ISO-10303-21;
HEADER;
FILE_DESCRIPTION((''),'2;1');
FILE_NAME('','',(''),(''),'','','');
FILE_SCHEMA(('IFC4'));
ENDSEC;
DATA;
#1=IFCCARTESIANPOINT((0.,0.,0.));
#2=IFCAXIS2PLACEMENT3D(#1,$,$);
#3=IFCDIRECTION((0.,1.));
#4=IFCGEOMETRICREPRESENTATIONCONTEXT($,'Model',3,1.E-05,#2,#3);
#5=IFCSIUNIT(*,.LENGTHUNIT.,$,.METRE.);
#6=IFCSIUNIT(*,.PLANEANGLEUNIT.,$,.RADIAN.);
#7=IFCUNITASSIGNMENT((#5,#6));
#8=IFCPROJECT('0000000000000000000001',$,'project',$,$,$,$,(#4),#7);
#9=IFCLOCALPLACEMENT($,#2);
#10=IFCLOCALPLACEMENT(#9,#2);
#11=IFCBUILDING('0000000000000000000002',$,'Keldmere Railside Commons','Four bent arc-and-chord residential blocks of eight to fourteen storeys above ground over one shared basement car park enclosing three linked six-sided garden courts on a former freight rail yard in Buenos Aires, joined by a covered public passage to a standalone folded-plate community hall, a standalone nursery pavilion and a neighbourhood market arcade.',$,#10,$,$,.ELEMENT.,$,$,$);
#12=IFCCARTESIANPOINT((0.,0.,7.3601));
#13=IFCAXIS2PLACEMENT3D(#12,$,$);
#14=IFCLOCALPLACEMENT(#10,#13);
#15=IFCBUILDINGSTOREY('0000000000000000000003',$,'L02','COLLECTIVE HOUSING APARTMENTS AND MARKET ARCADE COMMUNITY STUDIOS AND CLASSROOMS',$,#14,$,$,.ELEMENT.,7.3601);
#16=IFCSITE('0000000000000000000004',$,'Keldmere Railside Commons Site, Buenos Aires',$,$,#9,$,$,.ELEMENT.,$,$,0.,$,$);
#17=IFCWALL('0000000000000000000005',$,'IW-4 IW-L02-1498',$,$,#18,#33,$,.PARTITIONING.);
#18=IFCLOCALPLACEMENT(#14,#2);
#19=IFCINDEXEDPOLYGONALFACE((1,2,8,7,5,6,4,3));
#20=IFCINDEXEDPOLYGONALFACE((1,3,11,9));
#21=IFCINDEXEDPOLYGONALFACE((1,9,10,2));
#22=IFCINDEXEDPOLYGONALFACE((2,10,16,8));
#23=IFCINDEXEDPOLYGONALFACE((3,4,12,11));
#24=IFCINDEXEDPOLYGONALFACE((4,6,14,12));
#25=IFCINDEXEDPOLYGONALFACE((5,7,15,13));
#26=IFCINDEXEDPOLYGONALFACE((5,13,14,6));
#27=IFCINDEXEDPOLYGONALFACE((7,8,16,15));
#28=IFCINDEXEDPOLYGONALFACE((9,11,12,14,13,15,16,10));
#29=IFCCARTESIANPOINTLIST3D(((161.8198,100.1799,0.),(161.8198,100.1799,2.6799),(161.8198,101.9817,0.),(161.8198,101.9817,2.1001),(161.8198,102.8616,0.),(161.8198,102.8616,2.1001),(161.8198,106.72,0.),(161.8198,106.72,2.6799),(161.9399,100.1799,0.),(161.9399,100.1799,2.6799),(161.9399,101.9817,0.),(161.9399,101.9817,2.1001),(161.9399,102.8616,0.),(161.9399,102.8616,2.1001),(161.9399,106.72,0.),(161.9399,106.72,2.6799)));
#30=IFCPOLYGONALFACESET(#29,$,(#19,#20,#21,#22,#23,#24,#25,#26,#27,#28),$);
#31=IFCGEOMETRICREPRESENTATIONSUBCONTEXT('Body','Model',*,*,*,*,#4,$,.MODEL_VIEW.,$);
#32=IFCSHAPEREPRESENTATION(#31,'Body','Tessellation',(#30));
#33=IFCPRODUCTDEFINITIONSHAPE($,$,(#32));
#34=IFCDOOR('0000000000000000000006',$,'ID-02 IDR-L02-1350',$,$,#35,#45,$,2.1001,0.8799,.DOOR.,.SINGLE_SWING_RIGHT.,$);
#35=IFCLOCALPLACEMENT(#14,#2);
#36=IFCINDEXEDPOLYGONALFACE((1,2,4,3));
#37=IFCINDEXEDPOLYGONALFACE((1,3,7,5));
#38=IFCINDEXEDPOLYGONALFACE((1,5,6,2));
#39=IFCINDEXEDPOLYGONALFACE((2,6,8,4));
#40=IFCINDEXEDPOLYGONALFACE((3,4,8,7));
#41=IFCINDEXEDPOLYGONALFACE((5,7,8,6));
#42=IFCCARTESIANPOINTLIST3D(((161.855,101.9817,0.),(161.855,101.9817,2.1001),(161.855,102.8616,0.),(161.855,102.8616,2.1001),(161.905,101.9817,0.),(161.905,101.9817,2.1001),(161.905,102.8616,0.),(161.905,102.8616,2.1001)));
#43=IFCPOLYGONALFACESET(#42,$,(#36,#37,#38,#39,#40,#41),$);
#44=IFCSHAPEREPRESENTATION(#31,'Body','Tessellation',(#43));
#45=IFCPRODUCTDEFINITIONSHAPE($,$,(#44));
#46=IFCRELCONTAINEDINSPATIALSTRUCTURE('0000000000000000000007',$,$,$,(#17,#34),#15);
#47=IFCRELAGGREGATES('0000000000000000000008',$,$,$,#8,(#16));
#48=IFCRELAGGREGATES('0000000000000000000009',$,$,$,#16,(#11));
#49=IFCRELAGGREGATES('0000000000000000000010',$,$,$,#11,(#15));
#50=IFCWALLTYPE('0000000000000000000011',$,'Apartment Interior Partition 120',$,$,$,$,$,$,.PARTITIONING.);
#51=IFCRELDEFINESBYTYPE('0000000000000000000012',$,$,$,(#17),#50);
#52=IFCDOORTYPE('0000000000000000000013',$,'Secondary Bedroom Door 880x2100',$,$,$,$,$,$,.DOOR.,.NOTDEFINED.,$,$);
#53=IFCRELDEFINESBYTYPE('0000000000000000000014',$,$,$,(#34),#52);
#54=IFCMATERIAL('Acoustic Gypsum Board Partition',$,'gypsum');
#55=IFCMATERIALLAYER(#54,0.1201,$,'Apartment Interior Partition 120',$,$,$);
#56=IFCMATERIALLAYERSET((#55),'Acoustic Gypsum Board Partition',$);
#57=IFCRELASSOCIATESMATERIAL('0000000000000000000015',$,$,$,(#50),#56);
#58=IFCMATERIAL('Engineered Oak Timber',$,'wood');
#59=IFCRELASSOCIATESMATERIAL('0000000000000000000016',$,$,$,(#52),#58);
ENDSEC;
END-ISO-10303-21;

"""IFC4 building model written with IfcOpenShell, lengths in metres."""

from ifc_helpers import new_model, si_unit, direction, frame, frame_2d, origin, place, context, subcontext, project, spatial, rectangle, extrude, material, layer, layer_set, type_object, element, fill, save


model = new_model("IFC4")

# Units and contexts
model_context = context("Model", 3, precision=1e-05, world=origin(), true_north=direction((0.0, 1.0)))
body_context = subcontext(model_context, "Body", "Model", "MODEL_VIEW")
ifc_project = project(units=[si_unit("LENGTHUNIT", "METRE"), si_unit("PLANEANGLEUNIT", "RADIAN")], contexts=[model_context])

# Site, building, storey
site_placement = place(None, origin())
site = spatial("IfcSite", under=ifc_project, at=site_placement, Name="Keldmere Railside Commons Site, Buenos Aires", CompositionType="ELEMENT", RefElevation=0.0)
building_placement = place(site_placement, origin())
building = spatial("IfcBuilding", under=site, at=building_placement, Name="Keldmere Railside Commons", Description="Four bent arc-and-chord residential blocks of eight to fourteen storeys above ground over one shared basement car park enclosing three linked six-sided garden courts on a former freight rail yard in Buenos Aires, joined by a covered public passage to a standalone folded-plate community hall, a standalone nursery pavilion and a neighbourhood market arcade.", CompositionType="ELEMENT")
storey_placement = place(building_placement, frame((0.0, 0.0, 7.3601)))
storey = spatial("IfcBuildingStorey", under=building, at=storey_placement, Name="L02", Description="COLLECTIVE HOUSING APARTMENTS AND MARKET ARCADE COMMUNITY STUDIOS AND CLASSROOMS", CompositionType="ELEMENT", Elevation=7.3601)

# Wall, opening, door
ifc_material_1 = material(Name="Acoustic Gypsum Board Partition", Category="gypsum")
ifc_layer_1 = layer(ifc_material_1, 0.1201, Name="Apartment Interior Partition 120")
ifc_layer_set_1 = layer_set([ifc_layer_1], Name="Acoustic Gypsum Board Partition")
wall_type = type_object("IfcWallType", Name="Apartment Interior Partition 120", PredefinedType="PARTITIONING", material=ifc_layer_set_1)
ifc_material_2 = material(Name="Engineered Oak Timber", Category="wood")
wall_1_placement = place(storey_placement, frame((161.8799, 100.1799, 0.0), z_axis=(0.0, 0.0, 1.0), x_axis=(0.0, 1.0, 0.0)))
wall_1 = element("IfcWall", 1, at=wall_1_placement, inside=storey, type_object=wall_type, Name="IW-4 IW-L02-1498", PredefinedType="PARTITIONING", context=body_context, shape_type="SweptSolid", body=[
    extrude(rectangle(XDim=6.54, YDim=0.1201, at=frame_2d((3.27, 0.0))), origin(), (0.0, 0.0, 1.0), 2.6799),
])
opening_1_placement = place(wall_1_placement, frame((1.8018, 0.0, 0.0)))
opening_1 = element("IfcOpeningElement", 2, at=opening_1_placement, cuts=wall_1, PredefinedType="OPENING", context=body_context, shape_type="SweptSolid", body=[
    extrude(rectangle(XDim=0.8799, YDim=2.1001, at=frame_2d((0.4399, 1.05))), frame((0.0, 0.0701, 0.0), z_axis=(0.0, -1.0, 0.0), x_axis=(1.0, 0.0, 0.0)), (0.0, 0.0, 1.0), 0.1401),
])
door_type_1 = type_object("IfcDoorType", Name="Secondary Bedroom Door 880x2100", OperationType="NOTDEFINED", PredefinedType="DOOR", material=ifc_material_2)
door_1_placement = place(opening_1_placement, origin())
door_1 = element("IfcDoor", 3, at=door_1_placement, inside=storey, type_object=door_type_1, Name="ID-02 IDR-L02-1350", OperationType="SINGLE_SWING_RIGHT", OverallHeight=2.1001, OverallWidth=0.8799, PredefinedType="DOOR", context=body_context, shape_type="SweptSolid", body=[
    extrude(rectangle(XDim=0.8799, YDim=2.1001, at=frame_2d((0.4399, 1.05))), frame((0.0, 0.0249, 0.0), z_axis=(0.0, -1.0, 0.0), x_axis=(1.0, 0.0, 0.0)), (0.0, 0.0, 1.0), 0.05),
])
fill(opening_1, door_1)

save(model, "model.ifc")
